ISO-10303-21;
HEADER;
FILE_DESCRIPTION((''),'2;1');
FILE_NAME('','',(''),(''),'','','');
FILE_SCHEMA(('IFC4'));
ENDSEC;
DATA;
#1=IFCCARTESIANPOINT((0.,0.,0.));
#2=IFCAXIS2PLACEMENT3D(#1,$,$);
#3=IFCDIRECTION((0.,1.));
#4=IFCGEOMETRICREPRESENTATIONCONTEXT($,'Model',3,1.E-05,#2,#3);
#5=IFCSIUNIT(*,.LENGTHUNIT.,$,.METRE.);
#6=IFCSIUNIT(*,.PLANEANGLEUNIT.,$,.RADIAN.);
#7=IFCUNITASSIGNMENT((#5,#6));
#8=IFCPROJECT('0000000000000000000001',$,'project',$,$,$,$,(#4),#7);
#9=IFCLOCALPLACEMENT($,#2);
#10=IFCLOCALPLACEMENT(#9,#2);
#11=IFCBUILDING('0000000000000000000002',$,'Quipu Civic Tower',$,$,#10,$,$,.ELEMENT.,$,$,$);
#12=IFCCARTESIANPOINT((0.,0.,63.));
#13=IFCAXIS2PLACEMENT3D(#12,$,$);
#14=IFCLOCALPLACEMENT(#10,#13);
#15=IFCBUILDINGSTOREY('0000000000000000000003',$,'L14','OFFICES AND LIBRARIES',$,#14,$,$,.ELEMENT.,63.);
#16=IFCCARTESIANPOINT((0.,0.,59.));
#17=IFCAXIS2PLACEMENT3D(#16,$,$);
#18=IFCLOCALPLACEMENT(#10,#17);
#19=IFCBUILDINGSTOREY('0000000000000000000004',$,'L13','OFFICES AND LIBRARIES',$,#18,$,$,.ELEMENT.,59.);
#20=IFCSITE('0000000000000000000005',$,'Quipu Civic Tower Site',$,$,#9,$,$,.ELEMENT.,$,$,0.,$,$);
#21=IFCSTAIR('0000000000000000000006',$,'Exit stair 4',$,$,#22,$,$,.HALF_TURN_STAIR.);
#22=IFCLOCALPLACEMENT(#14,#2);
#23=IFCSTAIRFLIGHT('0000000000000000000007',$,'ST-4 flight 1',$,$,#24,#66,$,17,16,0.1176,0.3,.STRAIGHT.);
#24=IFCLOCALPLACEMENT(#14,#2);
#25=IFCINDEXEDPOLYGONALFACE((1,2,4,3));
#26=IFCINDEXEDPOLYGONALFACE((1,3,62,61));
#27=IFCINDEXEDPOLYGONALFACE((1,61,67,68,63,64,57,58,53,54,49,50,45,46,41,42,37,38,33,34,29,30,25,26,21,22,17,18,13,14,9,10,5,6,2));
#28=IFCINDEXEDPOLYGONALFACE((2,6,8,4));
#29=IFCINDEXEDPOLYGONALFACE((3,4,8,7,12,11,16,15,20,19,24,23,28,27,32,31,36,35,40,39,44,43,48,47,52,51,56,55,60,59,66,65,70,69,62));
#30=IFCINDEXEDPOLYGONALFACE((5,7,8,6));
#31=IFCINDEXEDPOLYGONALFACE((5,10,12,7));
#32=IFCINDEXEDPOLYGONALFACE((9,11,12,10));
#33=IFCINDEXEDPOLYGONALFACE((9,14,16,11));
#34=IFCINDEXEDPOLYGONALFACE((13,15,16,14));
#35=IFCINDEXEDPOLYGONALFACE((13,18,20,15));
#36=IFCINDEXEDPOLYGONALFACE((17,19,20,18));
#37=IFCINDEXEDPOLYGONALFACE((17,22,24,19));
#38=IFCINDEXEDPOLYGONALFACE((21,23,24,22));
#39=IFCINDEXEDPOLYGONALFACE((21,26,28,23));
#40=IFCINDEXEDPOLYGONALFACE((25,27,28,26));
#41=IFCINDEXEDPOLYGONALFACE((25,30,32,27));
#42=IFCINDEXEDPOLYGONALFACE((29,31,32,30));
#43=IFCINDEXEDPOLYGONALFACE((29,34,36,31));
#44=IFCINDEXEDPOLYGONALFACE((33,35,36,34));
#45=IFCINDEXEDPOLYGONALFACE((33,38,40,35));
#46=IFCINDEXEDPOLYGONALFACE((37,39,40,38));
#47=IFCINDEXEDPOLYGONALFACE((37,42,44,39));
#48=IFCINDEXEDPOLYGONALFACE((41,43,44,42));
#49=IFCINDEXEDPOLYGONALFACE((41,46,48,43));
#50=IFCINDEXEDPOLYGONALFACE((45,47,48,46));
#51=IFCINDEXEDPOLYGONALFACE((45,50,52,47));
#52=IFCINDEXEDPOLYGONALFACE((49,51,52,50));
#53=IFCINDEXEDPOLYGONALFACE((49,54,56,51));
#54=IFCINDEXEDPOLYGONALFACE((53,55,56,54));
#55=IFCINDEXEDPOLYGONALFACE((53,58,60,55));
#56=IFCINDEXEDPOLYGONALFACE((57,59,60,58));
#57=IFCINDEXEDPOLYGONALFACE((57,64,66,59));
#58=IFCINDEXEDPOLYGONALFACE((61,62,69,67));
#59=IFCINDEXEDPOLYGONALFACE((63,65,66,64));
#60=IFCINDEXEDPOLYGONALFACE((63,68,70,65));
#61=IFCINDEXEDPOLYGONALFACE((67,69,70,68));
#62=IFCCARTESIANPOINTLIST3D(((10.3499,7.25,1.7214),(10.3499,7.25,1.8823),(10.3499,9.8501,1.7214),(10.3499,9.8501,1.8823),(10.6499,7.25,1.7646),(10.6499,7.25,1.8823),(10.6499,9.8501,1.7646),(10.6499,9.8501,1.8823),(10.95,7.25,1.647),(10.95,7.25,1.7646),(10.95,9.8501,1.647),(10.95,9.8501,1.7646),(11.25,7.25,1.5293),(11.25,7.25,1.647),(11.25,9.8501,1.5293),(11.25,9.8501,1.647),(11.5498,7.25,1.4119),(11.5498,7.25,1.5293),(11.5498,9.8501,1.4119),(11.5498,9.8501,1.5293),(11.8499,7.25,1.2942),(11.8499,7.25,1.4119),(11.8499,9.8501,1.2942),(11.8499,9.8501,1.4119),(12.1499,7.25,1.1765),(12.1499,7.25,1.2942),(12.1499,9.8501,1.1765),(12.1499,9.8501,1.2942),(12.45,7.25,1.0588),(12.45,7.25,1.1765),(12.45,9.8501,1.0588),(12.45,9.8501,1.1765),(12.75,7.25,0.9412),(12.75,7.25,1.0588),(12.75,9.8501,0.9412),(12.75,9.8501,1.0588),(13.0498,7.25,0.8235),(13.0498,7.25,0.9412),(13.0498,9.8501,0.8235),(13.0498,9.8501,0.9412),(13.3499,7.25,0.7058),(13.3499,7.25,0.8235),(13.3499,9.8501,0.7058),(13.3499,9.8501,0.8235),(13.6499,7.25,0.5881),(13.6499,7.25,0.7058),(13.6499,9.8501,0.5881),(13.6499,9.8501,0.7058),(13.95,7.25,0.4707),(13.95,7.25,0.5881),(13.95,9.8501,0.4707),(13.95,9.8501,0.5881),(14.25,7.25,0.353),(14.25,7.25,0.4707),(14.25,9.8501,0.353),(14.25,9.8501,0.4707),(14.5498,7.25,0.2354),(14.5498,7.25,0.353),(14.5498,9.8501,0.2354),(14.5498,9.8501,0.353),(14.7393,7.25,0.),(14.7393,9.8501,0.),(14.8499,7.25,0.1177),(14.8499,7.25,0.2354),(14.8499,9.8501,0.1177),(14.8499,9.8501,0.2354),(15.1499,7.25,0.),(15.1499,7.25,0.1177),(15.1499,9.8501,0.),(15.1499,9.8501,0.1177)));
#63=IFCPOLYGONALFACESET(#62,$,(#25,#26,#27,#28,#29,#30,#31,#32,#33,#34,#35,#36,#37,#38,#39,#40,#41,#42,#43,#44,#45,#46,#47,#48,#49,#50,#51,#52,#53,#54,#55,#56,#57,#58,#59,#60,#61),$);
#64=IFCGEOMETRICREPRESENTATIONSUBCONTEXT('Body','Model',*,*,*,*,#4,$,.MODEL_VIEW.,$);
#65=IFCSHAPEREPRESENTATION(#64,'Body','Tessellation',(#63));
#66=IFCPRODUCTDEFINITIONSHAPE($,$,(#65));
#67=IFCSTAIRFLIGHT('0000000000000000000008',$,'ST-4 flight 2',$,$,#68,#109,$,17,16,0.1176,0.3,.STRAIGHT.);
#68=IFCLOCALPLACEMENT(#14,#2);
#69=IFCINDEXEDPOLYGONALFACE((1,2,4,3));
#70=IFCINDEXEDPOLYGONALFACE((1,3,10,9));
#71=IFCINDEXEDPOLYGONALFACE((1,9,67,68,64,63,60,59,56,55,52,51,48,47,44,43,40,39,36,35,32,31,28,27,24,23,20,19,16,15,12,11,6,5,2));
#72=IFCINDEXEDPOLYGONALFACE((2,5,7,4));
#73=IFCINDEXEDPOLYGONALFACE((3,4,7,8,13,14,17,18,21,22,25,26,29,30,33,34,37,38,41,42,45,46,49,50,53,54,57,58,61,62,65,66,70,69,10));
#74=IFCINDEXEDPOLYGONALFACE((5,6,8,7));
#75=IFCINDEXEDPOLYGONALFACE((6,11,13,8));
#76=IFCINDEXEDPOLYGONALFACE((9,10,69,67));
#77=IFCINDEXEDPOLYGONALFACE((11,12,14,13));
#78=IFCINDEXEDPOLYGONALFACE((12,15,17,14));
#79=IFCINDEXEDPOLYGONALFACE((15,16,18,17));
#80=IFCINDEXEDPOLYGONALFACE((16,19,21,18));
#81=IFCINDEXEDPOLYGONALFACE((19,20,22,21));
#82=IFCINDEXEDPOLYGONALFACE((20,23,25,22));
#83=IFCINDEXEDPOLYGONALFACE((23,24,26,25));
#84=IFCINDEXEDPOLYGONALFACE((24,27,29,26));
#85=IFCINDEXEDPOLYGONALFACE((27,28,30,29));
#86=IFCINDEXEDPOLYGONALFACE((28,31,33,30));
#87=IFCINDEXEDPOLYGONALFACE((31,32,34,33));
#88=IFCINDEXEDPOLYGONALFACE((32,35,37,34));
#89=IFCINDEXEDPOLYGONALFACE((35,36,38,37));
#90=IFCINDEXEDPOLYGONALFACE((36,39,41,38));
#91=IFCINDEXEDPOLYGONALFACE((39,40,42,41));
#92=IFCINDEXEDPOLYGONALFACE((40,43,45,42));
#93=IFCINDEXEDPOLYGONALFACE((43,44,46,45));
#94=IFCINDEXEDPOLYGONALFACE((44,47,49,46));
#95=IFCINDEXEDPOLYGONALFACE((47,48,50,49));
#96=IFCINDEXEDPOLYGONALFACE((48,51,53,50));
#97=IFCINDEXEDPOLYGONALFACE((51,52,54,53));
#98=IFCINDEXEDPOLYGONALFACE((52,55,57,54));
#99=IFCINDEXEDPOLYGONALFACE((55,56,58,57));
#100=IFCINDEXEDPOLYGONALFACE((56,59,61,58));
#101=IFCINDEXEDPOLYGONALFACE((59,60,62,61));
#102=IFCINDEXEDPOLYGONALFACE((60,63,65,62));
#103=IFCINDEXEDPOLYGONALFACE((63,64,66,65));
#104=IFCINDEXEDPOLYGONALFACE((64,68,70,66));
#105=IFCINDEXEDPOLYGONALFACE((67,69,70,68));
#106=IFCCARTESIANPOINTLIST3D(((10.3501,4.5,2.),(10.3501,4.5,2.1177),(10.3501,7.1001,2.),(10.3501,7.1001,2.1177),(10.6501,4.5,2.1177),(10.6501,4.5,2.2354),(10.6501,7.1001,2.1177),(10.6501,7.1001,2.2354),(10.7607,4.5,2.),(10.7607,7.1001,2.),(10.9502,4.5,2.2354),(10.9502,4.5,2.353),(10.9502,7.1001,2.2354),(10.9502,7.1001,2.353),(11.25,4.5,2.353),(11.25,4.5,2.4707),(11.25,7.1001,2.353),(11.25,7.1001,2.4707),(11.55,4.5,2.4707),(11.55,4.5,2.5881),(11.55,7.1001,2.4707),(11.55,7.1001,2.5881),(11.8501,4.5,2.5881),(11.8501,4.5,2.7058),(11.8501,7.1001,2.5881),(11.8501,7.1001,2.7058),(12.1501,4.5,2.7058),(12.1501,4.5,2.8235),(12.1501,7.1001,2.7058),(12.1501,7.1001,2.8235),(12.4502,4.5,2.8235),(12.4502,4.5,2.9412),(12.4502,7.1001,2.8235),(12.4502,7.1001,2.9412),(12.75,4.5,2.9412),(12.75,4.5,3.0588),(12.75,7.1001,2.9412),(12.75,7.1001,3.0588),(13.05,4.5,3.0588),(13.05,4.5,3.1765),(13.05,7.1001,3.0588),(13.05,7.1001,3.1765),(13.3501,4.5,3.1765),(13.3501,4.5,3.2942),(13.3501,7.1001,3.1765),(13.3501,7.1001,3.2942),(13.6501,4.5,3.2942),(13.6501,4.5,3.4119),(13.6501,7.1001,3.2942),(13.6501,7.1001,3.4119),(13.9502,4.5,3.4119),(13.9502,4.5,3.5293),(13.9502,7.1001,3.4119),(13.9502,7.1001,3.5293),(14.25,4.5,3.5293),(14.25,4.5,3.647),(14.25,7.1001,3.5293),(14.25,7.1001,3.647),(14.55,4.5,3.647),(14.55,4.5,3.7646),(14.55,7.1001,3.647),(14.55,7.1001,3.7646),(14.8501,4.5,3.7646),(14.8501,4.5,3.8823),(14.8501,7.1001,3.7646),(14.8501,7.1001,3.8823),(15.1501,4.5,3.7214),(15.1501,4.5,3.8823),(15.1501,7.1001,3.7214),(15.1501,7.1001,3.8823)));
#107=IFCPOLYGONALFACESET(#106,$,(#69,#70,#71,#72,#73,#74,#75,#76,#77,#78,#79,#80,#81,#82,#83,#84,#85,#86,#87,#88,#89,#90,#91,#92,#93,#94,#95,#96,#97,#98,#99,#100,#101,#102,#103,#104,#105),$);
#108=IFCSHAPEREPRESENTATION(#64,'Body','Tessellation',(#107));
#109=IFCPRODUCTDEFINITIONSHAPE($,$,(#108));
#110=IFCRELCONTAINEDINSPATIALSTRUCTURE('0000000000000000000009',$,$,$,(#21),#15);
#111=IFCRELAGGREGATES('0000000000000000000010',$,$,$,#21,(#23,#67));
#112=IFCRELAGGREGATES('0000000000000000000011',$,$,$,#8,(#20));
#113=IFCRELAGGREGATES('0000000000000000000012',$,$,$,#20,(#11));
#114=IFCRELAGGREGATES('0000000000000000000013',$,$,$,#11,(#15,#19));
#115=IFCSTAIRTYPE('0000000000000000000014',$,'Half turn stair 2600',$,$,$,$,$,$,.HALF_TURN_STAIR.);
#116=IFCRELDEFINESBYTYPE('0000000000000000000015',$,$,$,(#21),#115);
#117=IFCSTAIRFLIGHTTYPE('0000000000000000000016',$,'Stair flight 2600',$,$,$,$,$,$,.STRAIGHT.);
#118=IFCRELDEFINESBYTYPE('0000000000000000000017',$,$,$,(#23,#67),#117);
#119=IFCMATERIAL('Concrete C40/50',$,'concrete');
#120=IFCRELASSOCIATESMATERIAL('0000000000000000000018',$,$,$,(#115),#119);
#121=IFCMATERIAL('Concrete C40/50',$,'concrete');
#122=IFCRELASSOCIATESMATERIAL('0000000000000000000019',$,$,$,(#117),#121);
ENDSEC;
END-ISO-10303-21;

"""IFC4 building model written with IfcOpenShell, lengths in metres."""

from ifc_helpers import new_model, si_unit, direction, frame, origin, place, context, subcontext, project, spatial, polyline, outline, extrude, material, type_object, element, aggregate, save


model = new_model("IFC4")

# Units and contexts
model_context = context("Model", 3, precision=1e-05, world=origin(), true_north=direction((0.0, 1.0)))
body_context = subcontext(model_context, "Body", "Model", "MODEL_VIEW")
ifc_project = project(units=[si_unit("LENGTHUNIT", "METRE"), si_unit("PLANEANGLEUNIT", "RADIAN")], contexts=[model_context])

# Site, building, storey
site_placement = place(None, origin())
site = spatial("IfcSite", under=ifc_project, at=site_placement, Name="Quipu Civic Tower Site", CompositionType="ELEMENT", RefElevation=0.0)
building_placement = place(site_placement, origin())
building = spatial("IfcBuilding", under=site, at=building_placement, Name="Quipu Civic Tower", CompositionType="ELEMENT")
storey_1_placement = place(building_placement, frame((0.0, 0.0, 63.0)))
storey_1 = spatial("IfcBuildingStorey", under=building, at=storey_1_placement, Name="L14", Description="OFFICES AND LIBRARIES", CompositionType="ELEMENT", Elevation=63.0)

# Shared definitions
storey_2_placement = place(building_placement, frame((0.0, 0.0, 59.0)))
storey_2 = spatial("IfcBuildingStorey", under=building, at=storey_2_placement, Name="L13", Description="OFFICES AND LIBRARIES", CompositionType="ELEMENT", Elevation=59.0)

# Stair, stair flights
ifc_material_1 = material(Name="Concrete C40/50", Category="concrete")
stair_type = type_object("IfcStairType", Name="Half turn stair 2600", PredefinedType="HALF_TURN_STAIR", material=ifc_material_1)
stair_placement = place(storey_1_placement, origin())
stair = element("IfcStair", 1, at=stair_placement, inside=storey_1, type_object=stair_type, Name="Exit stair 4", PredefinedType="HALF_TURN_STAIR")
ifc_material_2 = material(Name="Concrete C40/50", Category="concrete")
stair_flight_type = type_object("IfcStairFlightType", Name="Stair flight 2600", PredefinedType="STRAIGHT", material=ifc_material_2)
stair_flight_1_placement = place(storey_1_placement, frame((15.1499, 8.55, 0.0), z_axis=(0.0, 0.0, 1.0), x_axis=(-1.0, 0.0, 0.0)))
stair_flight_1 = element("IfcStairFlight", 2, at=stair_flight_1_placement, type_object=stair_flight_type, Name="ST-4 flight 1", NumberOfRisers=17, NumberOfTreads=16, PredefinedType="STRAIGHT", RiserHeight=0.1176, TreadLength=0.3, context=body_context, shape_type="SweptSolid", body=[
    extrude(outline(polyline([(0.0, 0.0), (0.0, 0.1177), (0.3, 0.1177), (0.3, 0.2354), (0.6001, 0.2354), (0.6001, 0.353), (0.8999, 0.353), (0.8999, 0.4707), (1.2, 0.4707), (1.2, 0.5881), (1.5, 0.5881), (1.5, 0.7058), (1.8, 0.7058), (1.8, 0.8235), (2.1001, 0.8235), (2.1001, 0.9412), (2.3999, 0.9412), (2.3999, 1.0588), (2.7, 1.0588), (2.7, 1.1765), (3.0, 1.1765), (3.0, 1.2942), (3.3, 1.2942), (3.3, 1.4119), (3.6001, 1.4119), (3.6001, 1.5293), (3.8999, 1.5293), (3.8999, 1.647), (4.2, 1.647), (4.2, 1.7646), (4.5, 1.7646), (4.5, 1.8823), (4.8, 1.8823), (4.8, 2.0), (4.8, 1.7214), (0.4106, 0.0), (0.0, 0.0)])), frame((0.0, 1.3, 0.0), z_axis=(0.0, -1.0, 0.0), x_axis=(1.0, 0.0, 0.0)), (0.0, 0.0, 1.0), 2.6001),
])
stair_flight_2_placement = place(storey_1_placement, frame((10.3501, 5.8, 2.0), z_axis=(0.0, 0.0, 1.0), x_axis=(1.0, 0.0, 0.0)))
stair_flight_2 = element("IfcStairFlight", 3, at=stair_flight_2_placement, type_object=stair_flight_type, Name="ST-4 flight 2", NumberOfRisers=17, NumberOfTreads=16, PredefinedType="STRAIGHT", RiserHeight=0.1176, TreadLength=0.3, context=body_context, shape_type="SweptSolid", body=[
    extrude(outline(polyline([(0.0, 0.0), (0.0, 0.1177), (0.3, 0.1177), (0.3, 0.2354), (0.6001, 0.2354), (0.6001, 0.353), (0.8999, 0.353), (0.8999, 0.4707), (1.2, 0.4707), (1.2, 0.5881), (1.5, 0.5881), (1.5, 0.7058), (1.8, 0.7058), (1.8, 0.8235), (2.1001, 0.8235), (2.1001, 0.9412), (2.3999, 0.9412), (2.3999, 1.0588), (2.7, 1.0588), (2.7, 1.1765), (3.0, 1.1765), (3.0, 1.2942), (3.3, 1.2942), (3.3, 1.4119), (3.6001, 1.4119), (3.6001, 1.5293), (3.8999, 1.5293), (3.8999, 1.647), (4.2, 1.647), (4.2, 1.7646), (4.5, 1.7646), (4.5, 1.8823), (4.8, 1.8823), (4.8, 2.0), (4.8, 1.7214), (0.4106, 0.0), (0.0, 0.0)])), frame((0.0, 1.3, 0.0), z_axis=(0.0, -1.0, 0.0), x_axis=(1.0, 0.0, 0.0)), (0.0, 0.0, 1.0), 2.6001),
])
aggregate(stair, [stair_flight_1, stair_flight_2])

save(model, "model.ifc")
